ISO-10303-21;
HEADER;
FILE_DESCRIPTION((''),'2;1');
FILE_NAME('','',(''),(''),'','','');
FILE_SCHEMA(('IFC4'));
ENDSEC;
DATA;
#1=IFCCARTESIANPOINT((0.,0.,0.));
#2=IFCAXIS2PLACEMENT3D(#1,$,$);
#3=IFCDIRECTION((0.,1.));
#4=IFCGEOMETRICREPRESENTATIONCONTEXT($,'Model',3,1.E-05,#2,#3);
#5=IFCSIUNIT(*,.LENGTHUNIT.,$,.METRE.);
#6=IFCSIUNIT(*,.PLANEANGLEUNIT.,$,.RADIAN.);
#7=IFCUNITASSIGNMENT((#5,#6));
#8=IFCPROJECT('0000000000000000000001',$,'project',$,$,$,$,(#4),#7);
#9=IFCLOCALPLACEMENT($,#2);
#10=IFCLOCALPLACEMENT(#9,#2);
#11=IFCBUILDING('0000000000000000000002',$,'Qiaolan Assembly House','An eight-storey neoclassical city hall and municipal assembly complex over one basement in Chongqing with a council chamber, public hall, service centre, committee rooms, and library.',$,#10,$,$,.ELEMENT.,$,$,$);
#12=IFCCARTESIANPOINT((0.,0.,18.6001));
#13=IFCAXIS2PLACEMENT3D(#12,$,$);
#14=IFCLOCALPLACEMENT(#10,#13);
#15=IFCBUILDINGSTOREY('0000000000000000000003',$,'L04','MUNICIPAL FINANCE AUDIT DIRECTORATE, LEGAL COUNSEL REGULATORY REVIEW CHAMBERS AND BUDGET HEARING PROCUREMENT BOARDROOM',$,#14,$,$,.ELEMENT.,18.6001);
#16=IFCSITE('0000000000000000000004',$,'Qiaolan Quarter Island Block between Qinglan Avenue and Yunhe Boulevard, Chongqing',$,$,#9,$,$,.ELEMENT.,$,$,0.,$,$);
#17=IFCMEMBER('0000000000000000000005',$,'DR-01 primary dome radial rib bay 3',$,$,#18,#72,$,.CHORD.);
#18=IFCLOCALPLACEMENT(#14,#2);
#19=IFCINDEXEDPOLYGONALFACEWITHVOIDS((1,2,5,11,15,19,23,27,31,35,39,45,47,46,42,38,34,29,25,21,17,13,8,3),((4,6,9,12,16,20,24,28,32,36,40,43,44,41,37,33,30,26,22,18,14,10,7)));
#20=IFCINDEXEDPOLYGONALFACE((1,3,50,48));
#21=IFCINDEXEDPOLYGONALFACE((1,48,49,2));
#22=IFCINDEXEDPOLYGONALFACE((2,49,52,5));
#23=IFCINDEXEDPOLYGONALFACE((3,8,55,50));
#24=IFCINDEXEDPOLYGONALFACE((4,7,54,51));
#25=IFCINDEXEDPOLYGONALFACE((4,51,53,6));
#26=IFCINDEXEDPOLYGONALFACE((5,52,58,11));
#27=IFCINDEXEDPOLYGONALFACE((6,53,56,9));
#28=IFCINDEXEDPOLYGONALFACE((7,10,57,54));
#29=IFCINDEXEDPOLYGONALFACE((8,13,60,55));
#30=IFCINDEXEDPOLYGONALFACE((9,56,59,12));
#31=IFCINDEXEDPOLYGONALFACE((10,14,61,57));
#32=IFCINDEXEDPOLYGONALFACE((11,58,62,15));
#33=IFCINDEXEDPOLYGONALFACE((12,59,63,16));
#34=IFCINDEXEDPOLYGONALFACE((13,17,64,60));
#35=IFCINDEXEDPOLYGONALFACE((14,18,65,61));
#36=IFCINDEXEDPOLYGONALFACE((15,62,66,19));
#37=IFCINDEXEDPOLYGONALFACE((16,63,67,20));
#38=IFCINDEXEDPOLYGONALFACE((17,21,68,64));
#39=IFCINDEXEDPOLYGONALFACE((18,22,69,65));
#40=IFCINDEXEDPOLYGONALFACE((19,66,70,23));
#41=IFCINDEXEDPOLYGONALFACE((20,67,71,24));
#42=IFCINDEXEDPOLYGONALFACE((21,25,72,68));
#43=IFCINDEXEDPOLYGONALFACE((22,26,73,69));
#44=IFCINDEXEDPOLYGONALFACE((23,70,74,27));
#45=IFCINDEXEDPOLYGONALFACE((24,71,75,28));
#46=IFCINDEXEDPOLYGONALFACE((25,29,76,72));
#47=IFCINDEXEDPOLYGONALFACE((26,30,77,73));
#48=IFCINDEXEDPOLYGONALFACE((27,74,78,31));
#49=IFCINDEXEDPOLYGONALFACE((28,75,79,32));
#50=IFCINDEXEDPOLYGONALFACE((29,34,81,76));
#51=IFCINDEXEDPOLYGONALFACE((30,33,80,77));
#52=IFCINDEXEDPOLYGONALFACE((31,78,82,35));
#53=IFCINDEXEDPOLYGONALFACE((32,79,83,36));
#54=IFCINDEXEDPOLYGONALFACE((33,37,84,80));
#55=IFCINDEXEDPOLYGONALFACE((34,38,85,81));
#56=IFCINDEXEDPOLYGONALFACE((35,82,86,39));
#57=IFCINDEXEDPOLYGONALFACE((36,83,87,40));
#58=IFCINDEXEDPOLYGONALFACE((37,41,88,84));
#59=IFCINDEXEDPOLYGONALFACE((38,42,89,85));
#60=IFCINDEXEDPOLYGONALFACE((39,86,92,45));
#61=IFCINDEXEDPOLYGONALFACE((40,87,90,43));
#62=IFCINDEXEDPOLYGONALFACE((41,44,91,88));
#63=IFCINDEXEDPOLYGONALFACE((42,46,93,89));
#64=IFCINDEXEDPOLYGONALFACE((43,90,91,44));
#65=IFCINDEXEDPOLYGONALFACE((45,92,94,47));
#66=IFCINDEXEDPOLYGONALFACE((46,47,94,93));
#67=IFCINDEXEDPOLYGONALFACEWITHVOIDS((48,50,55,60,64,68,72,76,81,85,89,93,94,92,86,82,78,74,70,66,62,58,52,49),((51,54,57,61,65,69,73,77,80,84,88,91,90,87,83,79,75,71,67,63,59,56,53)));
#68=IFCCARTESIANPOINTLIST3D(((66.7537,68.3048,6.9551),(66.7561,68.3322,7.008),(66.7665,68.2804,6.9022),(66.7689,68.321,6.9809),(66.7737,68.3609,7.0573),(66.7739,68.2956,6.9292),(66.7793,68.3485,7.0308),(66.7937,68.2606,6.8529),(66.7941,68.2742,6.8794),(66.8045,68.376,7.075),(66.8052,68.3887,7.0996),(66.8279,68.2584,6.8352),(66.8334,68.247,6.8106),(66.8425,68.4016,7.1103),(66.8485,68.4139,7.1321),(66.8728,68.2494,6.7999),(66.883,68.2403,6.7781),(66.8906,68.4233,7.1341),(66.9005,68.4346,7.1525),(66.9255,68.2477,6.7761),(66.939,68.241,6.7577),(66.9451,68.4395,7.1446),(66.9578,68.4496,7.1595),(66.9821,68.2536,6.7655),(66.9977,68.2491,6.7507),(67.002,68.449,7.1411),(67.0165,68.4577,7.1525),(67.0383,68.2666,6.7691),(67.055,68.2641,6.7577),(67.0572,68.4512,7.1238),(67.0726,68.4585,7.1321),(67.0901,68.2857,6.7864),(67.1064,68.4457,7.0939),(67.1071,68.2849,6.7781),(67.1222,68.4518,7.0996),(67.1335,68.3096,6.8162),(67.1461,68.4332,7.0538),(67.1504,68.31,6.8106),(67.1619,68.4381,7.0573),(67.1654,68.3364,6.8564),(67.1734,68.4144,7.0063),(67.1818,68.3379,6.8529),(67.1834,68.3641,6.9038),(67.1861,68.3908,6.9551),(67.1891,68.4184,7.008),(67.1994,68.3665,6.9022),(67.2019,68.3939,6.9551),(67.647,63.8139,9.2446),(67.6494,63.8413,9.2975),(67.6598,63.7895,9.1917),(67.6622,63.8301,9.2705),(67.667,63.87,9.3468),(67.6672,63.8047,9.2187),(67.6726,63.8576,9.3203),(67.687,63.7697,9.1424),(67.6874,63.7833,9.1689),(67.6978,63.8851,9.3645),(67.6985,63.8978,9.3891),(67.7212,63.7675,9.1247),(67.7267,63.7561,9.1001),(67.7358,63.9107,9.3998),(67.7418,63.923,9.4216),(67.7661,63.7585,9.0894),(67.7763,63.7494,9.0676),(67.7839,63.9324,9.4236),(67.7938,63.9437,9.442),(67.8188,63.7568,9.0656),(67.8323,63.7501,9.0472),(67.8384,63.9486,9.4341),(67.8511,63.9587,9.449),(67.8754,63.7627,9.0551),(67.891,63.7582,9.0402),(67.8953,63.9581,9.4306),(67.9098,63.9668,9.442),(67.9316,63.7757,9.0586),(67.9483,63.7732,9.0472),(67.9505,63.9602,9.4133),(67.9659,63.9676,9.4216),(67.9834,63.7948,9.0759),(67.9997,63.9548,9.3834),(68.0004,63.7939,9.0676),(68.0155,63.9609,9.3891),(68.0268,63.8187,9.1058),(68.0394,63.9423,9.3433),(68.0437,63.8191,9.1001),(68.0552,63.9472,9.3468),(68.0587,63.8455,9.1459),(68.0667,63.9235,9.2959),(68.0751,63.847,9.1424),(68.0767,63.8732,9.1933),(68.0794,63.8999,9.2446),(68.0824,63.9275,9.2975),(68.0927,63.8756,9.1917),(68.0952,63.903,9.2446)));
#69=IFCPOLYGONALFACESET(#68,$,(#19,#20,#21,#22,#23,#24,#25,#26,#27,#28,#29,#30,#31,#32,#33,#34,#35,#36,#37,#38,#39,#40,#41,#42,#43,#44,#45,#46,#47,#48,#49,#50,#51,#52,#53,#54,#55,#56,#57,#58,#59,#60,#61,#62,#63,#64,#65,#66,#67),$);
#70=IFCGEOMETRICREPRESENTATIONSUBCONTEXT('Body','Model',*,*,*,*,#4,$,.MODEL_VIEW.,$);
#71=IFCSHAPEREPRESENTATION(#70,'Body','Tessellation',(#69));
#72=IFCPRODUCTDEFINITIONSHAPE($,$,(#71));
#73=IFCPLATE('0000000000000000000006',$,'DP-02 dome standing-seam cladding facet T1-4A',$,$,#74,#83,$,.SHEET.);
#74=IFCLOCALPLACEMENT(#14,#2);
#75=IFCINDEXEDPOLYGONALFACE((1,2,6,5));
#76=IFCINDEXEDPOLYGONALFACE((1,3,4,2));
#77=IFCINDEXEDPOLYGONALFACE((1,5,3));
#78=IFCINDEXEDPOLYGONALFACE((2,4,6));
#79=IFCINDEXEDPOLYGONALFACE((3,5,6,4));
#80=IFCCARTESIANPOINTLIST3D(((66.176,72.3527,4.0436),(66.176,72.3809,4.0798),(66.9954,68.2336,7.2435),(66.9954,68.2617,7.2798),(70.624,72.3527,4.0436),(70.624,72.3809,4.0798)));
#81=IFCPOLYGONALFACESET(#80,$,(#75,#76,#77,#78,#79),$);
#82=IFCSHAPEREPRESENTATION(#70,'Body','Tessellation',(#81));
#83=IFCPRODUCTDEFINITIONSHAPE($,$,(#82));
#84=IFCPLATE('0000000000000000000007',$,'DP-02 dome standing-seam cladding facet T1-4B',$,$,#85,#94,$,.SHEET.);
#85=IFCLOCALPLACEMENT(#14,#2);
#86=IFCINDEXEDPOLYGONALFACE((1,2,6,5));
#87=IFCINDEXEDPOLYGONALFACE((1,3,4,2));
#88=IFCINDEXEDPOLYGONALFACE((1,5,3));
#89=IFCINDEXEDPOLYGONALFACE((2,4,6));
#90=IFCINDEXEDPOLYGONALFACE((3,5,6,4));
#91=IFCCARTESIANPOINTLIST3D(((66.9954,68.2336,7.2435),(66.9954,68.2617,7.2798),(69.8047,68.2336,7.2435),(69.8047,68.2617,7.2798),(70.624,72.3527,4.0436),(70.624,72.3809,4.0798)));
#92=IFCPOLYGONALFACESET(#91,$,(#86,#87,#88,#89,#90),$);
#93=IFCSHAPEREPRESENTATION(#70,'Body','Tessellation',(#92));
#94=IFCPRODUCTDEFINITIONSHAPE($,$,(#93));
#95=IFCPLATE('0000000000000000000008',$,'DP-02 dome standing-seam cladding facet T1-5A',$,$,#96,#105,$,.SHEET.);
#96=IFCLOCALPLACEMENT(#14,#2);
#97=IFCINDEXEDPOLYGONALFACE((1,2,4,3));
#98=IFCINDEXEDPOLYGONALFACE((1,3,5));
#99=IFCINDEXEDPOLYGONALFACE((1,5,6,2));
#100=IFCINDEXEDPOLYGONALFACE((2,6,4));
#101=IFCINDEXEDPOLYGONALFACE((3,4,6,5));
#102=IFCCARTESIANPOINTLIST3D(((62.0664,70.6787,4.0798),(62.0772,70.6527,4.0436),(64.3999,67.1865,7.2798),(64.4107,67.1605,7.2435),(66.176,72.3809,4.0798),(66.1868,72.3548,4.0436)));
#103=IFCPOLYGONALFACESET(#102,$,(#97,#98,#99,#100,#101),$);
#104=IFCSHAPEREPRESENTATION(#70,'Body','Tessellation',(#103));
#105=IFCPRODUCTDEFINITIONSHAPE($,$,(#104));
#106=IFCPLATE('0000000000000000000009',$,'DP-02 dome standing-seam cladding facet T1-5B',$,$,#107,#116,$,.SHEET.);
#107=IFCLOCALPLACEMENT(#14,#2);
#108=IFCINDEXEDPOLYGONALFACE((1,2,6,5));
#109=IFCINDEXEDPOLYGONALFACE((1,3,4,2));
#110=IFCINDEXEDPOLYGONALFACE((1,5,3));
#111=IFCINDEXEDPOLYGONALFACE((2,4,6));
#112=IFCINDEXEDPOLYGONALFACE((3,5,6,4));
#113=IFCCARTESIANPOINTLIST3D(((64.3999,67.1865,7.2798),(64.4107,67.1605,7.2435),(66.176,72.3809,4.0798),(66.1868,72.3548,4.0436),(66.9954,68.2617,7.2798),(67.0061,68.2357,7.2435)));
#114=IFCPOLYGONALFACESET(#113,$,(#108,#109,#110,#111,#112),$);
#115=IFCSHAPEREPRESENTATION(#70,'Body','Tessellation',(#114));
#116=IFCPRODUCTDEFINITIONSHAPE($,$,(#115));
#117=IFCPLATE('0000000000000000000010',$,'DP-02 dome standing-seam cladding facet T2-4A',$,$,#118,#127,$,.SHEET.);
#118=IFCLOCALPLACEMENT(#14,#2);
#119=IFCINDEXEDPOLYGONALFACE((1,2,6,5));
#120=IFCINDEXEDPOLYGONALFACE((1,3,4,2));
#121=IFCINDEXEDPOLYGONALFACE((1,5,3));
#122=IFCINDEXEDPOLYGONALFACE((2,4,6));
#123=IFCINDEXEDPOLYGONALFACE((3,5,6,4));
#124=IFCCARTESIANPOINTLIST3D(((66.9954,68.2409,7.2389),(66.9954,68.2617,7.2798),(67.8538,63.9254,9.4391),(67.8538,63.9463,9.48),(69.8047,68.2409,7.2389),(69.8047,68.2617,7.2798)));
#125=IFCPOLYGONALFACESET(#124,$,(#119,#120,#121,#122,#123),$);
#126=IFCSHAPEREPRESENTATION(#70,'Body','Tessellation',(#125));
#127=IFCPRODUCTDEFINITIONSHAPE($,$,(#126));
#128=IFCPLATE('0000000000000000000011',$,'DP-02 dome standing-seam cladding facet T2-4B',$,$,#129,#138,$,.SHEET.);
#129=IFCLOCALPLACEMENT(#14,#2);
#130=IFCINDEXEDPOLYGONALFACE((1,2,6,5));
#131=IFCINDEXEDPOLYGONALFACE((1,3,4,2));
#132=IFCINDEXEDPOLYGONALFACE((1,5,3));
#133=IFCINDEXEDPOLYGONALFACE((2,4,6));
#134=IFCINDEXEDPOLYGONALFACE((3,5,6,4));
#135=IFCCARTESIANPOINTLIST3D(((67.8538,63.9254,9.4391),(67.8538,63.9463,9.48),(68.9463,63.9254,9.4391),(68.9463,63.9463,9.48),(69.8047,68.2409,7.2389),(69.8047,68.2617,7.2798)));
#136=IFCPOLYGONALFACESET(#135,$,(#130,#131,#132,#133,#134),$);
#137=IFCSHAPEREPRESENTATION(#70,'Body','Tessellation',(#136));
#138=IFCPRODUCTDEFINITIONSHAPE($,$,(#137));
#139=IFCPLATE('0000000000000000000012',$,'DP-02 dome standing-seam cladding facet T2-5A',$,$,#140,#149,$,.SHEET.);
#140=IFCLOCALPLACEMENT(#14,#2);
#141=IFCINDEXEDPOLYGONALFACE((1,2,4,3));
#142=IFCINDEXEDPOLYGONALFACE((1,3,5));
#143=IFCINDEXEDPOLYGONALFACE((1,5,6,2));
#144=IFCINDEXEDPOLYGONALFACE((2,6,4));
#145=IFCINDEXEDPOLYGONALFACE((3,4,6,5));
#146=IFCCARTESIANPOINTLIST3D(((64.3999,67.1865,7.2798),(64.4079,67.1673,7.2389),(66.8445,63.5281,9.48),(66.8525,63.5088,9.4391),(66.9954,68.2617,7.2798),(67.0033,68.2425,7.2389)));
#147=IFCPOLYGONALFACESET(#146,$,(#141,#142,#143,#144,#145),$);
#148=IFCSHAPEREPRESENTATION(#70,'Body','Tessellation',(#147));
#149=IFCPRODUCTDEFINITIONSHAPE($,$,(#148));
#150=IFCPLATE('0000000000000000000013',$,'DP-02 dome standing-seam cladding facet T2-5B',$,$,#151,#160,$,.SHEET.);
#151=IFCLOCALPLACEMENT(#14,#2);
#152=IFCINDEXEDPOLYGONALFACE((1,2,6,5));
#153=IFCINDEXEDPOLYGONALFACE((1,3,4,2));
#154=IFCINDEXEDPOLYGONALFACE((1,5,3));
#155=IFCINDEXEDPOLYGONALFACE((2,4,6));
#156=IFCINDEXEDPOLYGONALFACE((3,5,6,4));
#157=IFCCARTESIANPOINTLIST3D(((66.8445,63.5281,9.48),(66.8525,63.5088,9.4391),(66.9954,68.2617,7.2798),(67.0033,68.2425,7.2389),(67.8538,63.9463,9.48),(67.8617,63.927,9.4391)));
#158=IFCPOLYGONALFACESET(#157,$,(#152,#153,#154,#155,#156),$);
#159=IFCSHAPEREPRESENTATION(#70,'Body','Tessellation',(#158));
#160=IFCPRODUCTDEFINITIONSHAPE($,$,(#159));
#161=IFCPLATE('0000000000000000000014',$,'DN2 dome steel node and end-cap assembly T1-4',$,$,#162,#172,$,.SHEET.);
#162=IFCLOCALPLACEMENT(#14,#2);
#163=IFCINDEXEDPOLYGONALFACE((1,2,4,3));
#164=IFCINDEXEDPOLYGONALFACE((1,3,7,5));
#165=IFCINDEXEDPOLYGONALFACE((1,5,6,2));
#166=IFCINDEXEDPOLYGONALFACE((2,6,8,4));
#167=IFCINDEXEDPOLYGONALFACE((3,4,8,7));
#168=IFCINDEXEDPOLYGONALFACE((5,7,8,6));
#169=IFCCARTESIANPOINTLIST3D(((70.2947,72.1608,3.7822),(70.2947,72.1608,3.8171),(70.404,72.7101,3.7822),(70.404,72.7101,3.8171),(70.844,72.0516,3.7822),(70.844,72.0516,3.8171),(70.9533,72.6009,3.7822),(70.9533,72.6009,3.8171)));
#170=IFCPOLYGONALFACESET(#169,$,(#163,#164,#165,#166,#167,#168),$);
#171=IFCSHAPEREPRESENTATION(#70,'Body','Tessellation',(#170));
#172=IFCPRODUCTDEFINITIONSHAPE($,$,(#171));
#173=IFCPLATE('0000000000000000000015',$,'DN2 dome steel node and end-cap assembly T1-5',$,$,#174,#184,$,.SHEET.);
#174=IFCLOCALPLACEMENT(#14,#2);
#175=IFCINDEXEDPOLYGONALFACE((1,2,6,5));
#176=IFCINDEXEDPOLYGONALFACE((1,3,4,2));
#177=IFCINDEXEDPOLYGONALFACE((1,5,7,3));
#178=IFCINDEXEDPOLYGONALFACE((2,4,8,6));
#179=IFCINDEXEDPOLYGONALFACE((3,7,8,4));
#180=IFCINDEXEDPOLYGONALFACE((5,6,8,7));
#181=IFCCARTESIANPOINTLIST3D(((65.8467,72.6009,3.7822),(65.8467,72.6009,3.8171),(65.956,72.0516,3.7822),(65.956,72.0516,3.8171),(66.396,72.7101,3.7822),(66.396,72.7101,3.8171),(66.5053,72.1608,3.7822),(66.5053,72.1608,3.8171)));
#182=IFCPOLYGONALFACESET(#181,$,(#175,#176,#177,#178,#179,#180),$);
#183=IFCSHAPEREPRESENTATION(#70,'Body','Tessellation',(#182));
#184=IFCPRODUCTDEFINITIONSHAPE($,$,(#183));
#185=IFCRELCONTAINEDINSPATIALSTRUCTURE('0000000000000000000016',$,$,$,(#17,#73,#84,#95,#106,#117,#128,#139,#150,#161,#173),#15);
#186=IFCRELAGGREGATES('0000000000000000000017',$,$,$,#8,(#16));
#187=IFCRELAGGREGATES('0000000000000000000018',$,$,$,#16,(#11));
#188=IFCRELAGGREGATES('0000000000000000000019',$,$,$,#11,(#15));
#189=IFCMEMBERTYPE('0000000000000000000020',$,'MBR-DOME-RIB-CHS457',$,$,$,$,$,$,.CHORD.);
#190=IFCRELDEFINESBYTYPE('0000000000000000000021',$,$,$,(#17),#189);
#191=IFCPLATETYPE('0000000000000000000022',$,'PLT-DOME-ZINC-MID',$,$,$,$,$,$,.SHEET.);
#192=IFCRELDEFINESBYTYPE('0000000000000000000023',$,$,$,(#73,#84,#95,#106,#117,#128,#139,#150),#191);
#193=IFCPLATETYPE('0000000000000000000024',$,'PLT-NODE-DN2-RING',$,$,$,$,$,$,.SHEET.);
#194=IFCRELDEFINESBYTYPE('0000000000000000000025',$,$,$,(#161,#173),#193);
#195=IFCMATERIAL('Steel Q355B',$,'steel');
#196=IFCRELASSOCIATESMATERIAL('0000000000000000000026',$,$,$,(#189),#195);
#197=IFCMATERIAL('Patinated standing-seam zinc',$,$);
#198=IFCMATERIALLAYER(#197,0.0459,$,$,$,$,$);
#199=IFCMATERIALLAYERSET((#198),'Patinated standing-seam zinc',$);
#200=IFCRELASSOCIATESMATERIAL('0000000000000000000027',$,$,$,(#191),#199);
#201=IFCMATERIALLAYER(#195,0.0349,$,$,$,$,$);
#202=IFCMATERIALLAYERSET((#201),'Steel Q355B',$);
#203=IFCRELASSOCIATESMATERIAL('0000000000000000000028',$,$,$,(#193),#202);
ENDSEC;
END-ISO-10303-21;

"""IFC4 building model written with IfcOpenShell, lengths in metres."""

from ifc_helpers import new_model, si_unit, direction, frame, origin, origin_2d, place, context, subcontext, project, spatial, polyline, rectangle, hollow_circle, outline, extrude, material, layer, layer_set, material_profile, profile_set, type_object, element, save


model = new_model("IFC4")

# Units and contexts
model_context = context("Model", 3, precision=1e-05, world=origin(), true_north=direction((0.0, 1.0)))
body_context = subcontext(model_context, "Body", "Model", "MODEL_VIEW")
ifc_project = project(units=[si_unit("LENGTHUNIT", "METRE"), si_unit("PLANEANGLEUNIT", "RADIAN")], contexts=[model_context])

# Site, building, storey
site_placement = place(None, origin())
site = spatial("IfcSite", under=ifc_project, at=site_placement, Name="Qiaolan Quarter Island Block between Qinglan Avenue and Yunhe Boulevard, Chongqing", CompositionType="ELEMENT", RefElevation=0.0)
building_placement = place(site_placement, origin())
building = spatial("IfcBuilding", under=site, at=building_placement, Name="Qiaolan Assembly House", Description="An eight-storey neoclassical city hall and municipal assembly complex over one basement in Chongqing with a council chamber, public hall, service centre, committee rooms, and library.", CompositionType="ELEMENT")
storey_placement = place(building_placement, frame((0.0, 0.0, 18.6001)))
storey = spatial("IfcBuildingStorey", under=building, at=storey_placement, Name="L04", Description="MUNICIPAL FINANCE AUDIT DIRECTORATE, LEGAL COUNSEL REGULATORY REVIEW CHAMBERS AND BUDGET HEARING PROCUREMENT BOARDROOM", CompositionType="ELEMENT", Elevation=18.6001)

# Shared definitions
ifc_material_1 = material(Name="Steel Q355B", Category="steel")

# Member
ifc_material_profile_1 = material_profile(ifc_material_1, hollow_circle(Radius=0.2285, WallThickness=0.0161, at=origin_2d()), Name="CHS 457x16")
ifc_profile_set_1 = profile_set([ifc_material_profile_1], Name="Steel Q355B")
member_type_1 = type_object("IfcMemberType", Name="MBR-DOME-RIB-CHS457", PredefinedType="CHORD", material=ifc_profile_set_1)
member_1_placement = place(storey_placement, frame((66.9778, 68.3494, 6.9551), z_axis=(0.174493, -0.877235, 0.447225), x_axis=(0.980785, 0.195091, 0.0)))
element("IfcMember", 1, at=member_1_placement, inside=storey, type_object=member_type_1, Name="DR-01 primary dome radial rib bay 3", PredefinedType="CHORD", context=body_context, shape_type="SweptSolid", body=[
    extrude(hollow_circle(Radius=0.2285, WallThickness=0.0161, at=origin_2d()), origin(), (0.0, 0.0, 1.0), 5.1194),
])

# Plates
ifc_material_2 = material(Name="Patinated standing-seam zinc")
ifc_layer_1 = layer(ifc_material_2, 0.0459)
ifc_layer_set_1 = layer_set([ifc_layer_1], Name="Patinated standing-seam zinc")
plate_type_1 = type_object("IfcPlateType", Name="PLT-DOME-ZINC-MID", PredefinedType="SHEET", material=ifc_layer_set_1)
plate_1_placement = place(storey_placement, frame((70.624, 72.3809, 4.0798), z_axis=(0.0, 0.613484, 0.789707), x_axis=(-1.0, 0.0, 0.0)))
element("IfcPlate", 2, at=plate_1_placement, inside=storey, type_object=plate_type_1, Name="DP-02 dome standing-seam cladding facet T1-4A", PredefinedType="SHEET", context=body_context, shape_type="SweptSolid", body=[
    extrude(outline(polyline([(0.0, 0.0), (4.448, 0.0), (3.6287, 5.216), (0.0, 0.0)])), origin(), (0.0, 0.0, -1.0), 0.0459),
])
plate_2_placement = place(storey_placement, frame((70.624, 72.3809, 4.0798), z_axis=(0.0, 0.613484, 0.789707), x_axis=(-0.571077, -0.648268, 0.503607)))
element("IfcPlate", 3, at=plate_2_placement, inside=storey, type_object=plate_type_1, Name="DP-02 dome standing-seam cladding facet T1-4B", PredefinedType="SHEET", context=body_context, shape_type="SweptSolid", body=[
    extrude(outline(polyline([(0.0, 0.0), (6.3541, 0.0), (4.7497, 2.3062), (0.0, 0.0)])), origin(), (0.0, 0.0, -1.0), 0.0459),
])
plate_3_placement = place(storey_placement, frame((66.176, 72.3809, 4.0798), z_axis=(-0.23475, 0.566774, 0.789721), x_axis=(-0.923888, -0.382662, 0.0)))
element("IfcPlate", 4, at=plate_3_placement, inside=storey, type_object=plate_type_1, Name="DP-02 dome standing-seam cladding facet T1-5A", PredefinedType="SHEET", context=body_context, shape_type="SweptSolid", body=[
    extrude(outline(polyline([(0.0, 0.0), (4.4482, 0.0), (3.6286, 5.2162), (0.0, 0.0)])), origin(), (0.0, 0.0, -1.0), 0.0459),
])
plate_4_placement = place(storey_placement, frame((66.176, 72.3809, 4.0798), z_axis=(-0.234794, 0.566779, 0.789705), x_axis=(-0.279521, -0.817469, 0.503599)))
element("IfcPlate", 5, at=plate_4_placement, inside=storey, type_object=plate_type_1, Name="DP-02 dome standing-seam cladding facet T1-5B", PredefinedType="SHEET", context=body_context, shape_type="SweptSolid", body=[
    extrude(outline(polyline([(0.0, 0.0), (6.3542, 0.0), (4.7497, 2.3061), (0.0, 0.0)])), origin(), (0.0, 0.0, -1.0), 0.0459),
])
plate_5_placement = place(storey_placement, frame((69.8047, 68.2617, 7.2798), z_axis=(0.0, 0.454216, 0.890892), x_axis=(-1.0, 0.0, 0.0)))
element("IfcPlate", 6, at=plate_5_placement, inside=storey, type_object=plate_type_1, Name="DP-02 dome standing-seam cladding facet T2-4A", PredefinedType="SHEET", context=body_context, shape_type="SweptSolid", body=[
    extrude(outline(polyline([(0.0, 0.0), (2.8093, 0.0), (1.9509, 4.8439), (0.0, 0.0)])), origin(), (0.0, 0.0, -1.0), 0.0459),
])
plate_6_placement = place(storey_placement, frame((69.8047, 68.2617, 7.2798), z_axis=(0.0, 0.454216, 0.890892), x_axis=(-0.373594, -0.826385, 0.421327)))
element("IfcPlate", 7, at=plate_6_placement, inside=storey, type_object=plate_type_1, Name="DP-02 dome standing-seam cladding facet T2-4B", PredefinedType="SHEET", context=body_context, shape_type="SweptSolid", body=[
    extrude(outline(polyline([(0.0, 0.0), (5.2221, 0.0), (4.8139, 1.0134), (0.0, 0.0)])), origin(), (0.0, 0.0, -1.0), 0.0459),
])
plate_7_placement = place(storey_placement, frame((66.9954, 68.2617, 7.2798), z_axis=(-0.173835, 0.419628, 0.890895), x_axis=(-0.923864, -0.38272, 0.0)))
element("IfcPlate", 8, at=plate_7_placement, inside=storey, type_object=plate_type_1, Name="DP-02 dome standing-seam cladding facet T2-5A", PredefinedType="SHEET", context=body_context, shape_type="SweptSolid", body=[
    extrude(outline(polyline([(0.0, 0.0), (2.8094, 0.0), (1.9511, 4.844), (0.0, 0.0)])), origin(), (0.0, 0.0, -1.0), 0.0459),
])
plate_8_placement = place(storey_placement, frame((66.9954, 68.2617, 7.2798), z_axis=(-0.17388, 0.419626, 0.890887), x_axis=(-0.028892, -0.906452, 0.421319)))
element("IfcPlate", 9, at=plate_8_placement, inside=storey, type_object=plate_type_1, Name="DP-02 dome standing-seam cladding facet T2-5B", PredefinedType="SHEET", context=body_context, shape_type="SweptSolid", body=[
    extrude(outline(polyline([(0.0, 0.0), (5.2222, 0.0), (4.8139, 1.0133), (0.0, 0.0)])), origin(), (0.0, 0.0, -1.0), 0.0459),
])
ifc_layer_2 = layer(ifc_material_1, 0.0349)
ifc_layer_set_2 = layer_set([ifc_layer_2], Name="Steel Q355B")
plate_type_2 = type_object("IfcPlateType", Name="PLT-NODE-DN2-RING", PredefinedType="SHEET", material=ifc_layer_set_2)
for number, where, z_axis, x_axis, name in (
    (10, (70.624, 72.3809, 3.7822), (0.0, 0.0, 1.0), (0.19509, 0.980785, 0.0), "DN2 dome steel node and end-cap assembly T1-4"),
    (11, (66.176, 72.3809, 3.7822), (0.0, 0.0, 1.0), (-0.19509, 0.980785, 0.0), "DN2 dome steel node and end-cap assembly T1-5"),
):
    element("IfcPlate", number, at=place(storey_placement, frame(where, z_axis=z_axis, x_axis=x_axis)), inside=storey, type_object=plate_type_2, Name=name, PredefinedType="SHEET", context=body_context, shape_type="SweptSolid", body=[
        extrude(rectangle(XDim=0.5601, YDim=0.5601, at=origin_2d()), origin(), (0.0, 0.0, 1.0), 0.0349),
    ])

save(model, "model.ifc")
